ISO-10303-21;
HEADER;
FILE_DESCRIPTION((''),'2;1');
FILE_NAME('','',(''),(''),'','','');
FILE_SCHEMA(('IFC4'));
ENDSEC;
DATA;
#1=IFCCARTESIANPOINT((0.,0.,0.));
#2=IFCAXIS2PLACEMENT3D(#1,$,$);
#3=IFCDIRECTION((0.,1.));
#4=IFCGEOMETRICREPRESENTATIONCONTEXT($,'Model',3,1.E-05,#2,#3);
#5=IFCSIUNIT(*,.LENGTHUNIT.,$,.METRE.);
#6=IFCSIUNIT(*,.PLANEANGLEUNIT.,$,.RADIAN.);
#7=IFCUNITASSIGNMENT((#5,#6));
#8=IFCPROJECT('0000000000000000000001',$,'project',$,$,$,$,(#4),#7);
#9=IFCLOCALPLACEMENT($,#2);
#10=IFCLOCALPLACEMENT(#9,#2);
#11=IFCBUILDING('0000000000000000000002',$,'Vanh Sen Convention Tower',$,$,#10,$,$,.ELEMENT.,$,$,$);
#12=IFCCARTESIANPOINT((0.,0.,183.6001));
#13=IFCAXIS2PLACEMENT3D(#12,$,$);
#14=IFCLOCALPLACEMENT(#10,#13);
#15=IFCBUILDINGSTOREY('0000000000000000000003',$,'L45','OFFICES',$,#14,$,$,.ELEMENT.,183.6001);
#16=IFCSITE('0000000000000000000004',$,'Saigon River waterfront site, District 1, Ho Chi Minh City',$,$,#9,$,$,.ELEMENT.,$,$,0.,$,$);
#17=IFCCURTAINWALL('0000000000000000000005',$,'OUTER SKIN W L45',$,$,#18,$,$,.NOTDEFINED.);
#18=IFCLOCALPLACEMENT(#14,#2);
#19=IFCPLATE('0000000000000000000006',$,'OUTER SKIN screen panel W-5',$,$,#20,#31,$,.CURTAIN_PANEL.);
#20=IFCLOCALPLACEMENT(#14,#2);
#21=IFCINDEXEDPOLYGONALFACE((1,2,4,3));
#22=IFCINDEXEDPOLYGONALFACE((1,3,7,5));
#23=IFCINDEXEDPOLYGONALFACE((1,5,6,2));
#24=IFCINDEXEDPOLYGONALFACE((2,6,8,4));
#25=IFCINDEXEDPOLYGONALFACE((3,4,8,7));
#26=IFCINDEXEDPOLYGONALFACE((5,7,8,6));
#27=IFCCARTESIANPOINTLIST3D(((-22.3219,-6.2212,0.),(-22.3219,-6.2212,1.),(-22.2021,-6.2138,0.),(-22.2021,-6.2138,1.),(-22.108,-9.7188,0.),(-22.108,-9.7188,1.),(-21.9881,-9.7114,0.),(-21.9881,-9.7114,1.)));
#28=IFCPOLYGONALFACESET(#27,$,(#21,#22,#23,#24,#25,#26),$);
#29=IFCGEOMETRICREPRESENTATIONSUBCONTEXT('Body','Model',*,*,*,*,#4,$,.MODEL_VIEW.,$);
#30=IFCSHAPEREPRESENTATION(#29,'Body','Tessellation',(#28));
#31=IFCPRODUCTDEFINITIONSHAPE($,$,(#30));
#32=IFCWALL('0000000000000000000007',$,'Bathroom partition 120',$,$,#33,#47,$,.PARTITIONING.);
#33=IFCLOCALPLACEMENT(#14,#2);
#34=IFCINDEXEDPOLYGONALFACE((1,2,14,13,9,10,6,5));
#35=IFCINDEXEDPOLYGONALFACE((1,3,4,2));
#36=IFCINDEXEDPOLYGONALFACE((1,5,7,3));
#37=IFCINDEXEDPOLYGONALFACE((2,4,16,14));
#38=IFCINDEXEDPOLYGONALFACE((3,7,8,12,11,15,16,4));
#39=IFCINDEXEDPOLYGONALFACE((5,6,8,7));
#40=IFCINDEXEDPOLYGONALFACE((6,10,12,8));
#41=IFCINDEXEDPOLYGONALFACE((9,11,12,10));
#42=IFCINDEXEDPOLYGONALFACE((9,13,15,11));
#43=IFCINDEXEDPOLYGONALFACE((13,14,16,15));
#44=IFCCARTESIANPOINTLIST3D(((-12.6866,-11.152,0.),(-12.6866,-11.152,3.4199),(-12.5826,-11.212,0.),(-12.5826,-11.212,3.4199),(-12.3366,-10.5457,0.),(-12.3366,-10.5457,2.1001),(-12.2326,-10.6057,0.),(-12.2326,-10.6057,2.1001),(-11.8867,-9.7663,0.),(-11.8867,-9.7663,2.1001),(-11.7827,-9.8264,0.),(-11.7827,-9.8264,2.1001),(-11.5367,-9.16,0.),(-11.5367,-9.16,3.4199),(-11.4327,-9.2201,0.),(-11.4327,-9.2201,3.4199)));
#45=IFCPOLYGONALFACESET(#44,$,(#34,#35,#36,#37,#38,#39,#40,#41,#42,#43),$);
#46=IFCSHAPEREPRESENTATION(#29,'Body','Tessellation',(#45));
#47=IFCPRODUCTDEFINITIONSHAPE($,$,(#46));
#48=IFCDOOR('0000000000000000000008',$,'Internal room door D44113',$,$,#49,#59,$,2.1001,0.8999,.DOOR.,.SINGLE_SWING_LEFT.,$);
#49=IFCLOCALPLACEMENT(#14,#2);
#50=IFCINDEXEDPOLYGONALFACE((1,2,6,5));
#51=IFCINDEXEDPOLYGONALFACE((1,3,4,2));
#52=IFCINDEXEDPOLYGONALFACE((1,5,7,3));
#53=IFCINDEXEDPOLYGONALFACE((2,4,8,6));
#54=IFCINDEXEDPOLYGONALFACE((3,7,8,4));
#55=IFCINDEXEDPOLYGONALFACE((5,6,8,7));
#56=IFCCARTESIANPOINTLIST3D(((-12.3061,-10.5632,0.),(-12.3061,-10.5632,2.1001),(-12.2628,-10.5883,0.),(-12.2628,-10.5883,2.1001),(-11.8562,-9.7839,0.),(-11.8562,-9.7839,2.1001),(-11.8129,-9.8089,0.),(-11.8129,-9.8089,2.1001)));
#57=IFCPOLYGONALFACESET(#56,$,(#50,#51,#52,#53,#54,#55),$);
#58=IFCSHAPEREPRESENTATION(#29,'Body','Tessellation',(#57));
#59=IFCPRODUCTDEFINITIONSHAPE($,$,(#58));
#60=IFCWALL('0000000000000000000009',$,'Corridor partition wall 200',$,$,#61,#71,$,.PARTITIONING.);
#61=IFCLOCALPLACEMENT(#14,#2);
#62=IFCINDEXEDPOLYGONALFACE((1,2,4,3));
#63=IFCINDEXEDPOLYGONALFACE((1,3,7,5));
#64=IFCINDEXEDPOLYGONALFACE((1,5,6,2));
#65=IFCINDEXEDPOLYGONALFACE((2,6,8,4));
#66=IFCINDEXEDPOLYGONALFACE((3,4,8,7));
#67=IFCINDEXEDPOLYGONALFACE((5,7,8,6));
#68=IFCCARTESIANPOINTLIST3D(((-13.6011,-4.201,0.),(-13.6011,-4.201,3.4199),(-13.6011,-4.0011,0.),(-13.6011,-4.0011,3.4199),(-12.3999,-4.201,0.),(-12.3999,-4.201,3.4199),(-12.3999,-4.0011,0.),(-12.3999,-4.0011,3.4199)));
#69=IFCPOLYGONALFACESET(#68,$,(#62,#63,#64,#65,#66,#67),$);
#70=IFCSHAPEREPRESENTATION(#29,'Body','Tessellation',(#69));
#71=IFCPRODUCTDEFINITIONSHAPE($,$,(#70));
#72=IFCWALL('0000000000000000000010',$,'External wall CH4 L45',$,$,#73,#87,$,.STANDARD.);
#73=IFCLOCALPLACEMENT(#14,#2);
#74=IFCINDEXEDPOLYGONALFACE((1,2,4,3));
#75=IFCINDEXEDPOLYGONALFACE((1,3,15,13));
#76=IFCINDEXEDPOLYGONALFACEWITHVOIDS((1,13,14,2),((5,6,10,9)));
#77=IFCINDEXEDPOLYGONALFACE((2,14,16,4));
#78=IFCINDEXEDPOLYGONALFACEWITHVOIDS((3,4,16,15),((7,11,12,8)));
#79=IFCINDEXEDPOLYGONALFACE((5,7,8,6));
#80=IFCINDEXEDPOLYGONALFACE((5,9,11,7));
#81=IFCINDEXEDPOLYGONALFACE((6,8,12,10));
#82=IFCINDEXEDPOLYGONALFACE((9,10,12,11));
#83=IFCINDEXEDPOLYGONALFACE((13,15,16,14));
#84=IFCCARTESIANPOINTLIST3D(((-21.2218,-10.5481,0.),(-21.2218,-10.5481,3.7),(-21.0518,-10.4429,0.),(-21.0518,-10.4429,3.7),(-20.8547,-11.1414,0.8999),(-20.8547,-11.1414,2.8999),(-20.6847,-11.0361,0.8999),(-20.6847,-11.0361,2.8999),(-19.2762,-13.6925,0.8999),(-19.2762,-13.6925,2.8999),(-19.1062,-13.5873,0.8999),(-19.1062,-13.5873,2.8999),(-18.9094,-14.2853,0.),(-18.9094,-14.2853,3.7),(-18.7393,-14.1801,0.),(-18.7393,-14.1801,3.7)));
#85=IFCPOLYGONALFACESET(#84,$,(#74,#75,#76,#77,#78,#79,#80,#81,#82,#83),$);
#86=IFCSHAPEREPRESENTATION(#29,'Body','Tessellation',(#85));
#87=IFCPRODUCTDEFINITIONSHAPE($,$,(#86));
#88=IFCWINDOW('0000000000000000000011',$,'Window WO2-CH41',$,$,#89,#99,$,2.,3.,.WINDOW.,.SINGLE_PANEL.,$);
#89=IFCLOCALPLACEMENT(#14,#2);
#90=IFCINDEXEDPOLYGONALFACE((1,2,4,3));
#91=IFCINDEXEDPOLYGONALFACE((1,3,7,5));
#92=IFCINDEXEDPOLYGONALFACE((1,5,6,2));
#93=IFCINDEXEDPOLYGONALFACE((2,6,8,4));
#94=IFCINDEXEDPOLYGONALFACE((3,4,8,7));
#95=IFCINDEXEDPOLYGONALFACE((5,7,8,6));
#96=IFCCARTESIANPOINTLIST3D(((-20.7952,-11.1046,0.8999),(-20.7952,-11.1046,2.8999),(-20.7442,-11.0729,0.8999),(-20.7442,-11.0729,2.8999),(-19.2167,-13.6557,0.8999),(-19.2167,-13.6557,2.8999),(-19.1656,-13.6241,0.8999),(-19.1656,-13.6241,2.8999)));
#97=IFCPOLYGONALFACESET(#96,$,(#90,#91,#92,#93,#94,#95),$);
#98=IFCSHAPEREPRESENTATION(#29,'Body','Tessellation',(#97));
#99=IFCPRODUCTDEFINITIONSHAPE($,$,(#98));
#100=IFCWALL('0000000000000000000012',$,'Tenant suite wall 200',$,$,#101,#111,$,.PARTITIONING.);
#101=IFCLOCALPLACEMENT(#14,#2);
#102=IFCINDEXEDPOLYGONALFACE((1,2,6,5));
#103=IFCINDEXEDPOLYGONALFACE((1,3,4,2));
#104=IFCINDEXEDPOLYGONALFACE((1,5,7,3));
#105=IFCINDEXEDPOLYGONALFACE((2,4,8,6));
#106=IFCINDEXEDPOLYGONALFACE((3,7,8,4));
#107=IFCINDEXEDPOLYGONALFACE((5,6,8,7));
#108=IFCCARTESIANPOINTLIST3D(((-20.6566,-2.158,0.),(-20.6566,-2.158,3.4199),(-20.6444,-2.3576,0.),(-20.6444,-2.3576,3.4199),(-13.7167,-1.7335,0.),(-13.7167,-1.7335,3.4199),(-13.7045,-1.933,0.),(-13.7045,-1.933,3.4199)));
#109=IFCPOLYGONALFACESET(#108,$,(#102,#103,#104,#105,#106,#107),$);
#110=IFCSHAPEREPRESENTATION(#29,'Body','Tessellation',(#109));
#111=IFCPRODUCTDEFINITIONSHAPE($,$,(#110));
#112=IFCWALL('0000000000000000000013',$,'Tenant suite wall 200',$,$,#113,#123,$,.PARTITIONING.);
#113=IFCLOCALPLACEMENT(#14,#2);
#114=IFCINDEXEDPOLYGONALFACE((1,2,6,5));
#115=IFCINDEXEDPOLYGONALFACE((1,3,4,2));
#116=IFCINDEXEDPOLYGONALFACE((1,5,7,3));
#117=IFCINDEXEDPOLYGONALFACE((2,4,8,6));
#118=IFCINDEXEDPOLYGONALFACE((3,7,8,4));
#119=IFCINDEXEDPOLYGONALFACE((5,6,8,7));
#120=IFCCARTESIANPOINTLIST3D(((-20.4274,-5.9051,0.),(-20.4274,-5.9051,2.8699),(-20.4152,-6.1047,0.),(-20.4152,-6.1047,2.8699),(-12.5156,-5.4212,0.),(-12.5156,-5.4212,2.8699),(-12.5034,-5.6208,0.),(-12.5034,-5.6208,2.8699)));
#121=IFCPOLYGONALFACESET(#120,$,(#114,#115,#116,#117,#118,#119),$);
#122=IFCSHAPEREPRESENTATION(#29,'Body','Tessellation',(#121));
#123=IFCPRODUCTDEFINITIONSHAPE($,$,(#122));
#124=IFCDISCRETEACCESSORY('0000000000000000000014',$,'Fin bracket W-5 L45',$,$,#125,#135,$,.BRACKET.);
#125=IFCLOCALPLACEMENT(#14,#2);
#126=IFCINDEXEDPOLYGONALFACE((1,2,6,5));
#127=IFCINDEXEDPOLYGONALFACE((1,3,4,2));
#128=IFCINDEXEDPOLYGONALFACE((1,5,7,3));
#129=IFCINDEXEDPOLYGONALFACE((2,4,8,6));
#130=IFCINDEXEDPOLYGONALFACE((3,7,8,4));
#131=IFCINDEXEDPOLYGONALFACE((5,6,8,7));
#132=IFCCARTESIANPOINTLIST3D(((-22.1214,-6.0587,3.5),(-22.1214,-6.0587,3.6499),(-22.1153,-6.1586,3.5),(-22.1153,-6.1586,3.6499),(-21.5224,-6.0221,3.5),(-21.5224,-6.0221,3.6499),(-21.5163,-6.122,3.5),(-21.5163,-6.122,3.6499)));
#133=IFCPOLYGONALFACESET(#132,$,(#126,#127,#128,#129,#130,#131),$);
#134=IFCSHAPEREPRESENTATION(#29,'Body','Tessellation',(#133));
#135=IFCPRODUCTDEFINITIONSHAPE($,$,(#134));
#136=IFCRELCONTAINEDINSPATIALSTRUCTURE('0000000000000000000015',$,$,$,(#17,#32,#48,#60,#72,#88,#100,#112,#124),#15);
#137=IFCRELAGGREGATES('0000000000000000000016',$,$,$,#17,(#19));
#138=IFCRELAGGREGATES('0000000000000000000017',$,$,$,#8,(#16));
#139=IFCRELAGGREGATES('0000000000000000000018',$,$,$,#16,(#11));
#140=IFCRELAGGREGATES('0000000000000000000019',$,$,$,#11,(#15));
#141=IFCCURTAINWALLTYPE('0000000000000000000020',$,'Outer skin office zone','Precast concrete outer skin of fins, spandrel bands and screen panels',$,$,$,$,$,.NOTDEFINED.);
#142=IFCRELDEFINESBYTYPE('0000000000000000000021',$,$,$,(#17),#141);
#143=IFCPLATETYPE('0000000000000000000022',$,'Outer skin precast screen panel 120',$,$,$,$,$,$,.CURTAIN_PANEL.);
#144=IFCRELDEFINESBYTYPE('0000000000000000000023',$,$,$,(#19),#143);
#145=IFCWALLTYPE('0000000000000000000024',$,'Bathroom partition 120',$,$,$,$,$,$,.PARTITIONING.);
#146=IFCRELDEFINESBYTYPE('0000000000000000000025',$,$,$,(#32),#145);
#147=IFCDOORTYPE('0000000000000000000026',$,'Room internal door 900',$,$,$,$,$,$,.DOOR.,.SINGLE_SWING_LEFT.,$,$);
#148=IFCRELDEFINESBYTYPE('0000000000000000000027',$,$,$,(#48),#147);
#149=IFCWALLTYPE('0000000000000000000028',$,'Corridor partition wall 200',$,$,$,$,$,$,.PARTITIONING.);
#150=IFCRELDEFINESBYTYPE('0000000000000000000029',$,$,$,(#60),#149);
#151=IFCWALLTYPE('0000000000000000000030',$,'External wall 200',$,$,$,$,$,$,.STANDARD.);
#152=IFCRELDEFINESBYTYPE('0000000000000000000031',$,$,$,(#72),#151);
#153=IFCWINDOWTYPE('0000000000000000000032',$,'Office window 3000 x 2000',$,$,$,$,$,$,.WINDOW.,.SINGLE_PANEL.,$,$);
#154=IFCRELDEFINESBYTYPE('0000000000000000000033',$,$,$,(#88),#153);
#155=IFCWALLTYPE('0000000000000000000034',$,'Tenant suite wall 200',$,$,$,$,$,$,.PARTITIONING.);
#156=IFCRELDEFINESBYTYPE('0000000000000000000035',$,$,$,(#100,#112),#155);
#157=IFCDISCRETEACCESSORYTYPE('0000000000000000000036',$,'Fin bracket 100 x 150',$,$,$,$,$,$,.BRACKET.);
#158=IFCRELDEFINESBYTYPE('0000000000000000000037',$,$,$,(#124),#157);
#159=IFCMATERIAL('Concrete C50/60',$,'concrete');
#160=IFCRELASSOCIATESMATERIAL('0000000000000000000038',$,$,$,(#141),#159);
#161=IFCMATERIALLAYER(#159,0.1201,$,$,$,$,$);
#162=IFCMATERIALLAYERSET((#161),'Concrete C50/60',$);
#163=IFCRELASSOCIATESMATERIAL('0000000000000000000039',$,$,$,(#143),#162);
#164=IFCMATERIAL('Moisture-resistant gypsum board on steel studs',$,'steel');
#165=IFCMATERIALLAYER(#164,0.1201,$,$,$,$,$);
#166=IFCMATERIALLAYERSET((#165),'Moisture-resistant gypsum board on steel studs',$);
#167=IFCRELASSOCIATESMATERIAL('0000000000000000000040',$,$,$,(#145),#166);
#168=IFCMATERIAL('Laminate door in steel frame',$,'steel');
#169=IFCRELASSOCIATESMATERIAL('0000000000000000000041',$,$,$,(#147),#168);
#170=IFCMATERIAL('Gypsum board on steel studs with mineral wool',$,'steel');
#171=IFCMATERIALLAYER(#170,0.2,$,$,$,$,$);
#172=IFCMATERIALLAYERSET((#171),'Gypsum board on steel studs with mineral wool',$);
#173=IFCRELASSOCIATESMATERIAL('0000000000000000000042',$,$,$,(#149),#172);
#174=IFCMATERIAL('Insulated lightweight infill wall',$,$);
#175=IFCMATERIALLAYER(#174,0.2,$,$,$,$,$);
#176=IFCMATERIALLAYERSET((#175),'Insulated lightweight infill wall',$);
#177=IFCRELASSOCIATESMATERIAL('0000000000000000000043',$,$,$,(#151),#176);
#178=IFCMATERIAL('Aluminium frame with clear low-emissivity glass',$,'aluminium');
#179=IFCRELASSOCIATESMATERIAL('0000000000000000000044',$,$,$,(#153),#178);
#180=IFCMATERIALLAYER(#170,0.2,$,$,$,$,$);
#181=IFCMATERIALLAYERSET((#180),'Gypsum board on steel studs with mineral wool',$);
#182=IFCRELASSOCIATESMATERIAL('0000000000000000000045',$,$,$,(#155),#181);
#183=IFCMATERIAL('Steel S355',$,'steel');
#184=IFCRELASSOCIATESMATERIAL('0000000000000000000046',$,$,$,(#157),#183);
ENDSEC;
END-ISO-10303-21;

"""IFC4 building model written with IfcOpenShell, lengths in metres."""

from ifc_helpers import new_model, si_unit, direction, frame, frame_2d, origin, origin_2d, place, context, subcontext, project, spatial, rectangle, extrude, material, layer, layer_set, type_object, element, fill, aggregate, save


model = new_model("IFC4")

# Units and contexts
model_context = context("Model", 3, precision=1e-05, world=origin(), true_north=direction((0.0, 1.0)))
body_context = subcontext(model_context, "Body", "Model", "MODEL_VIEW")
ifc_project = project(units=[si_unit("LENGTHUNIT", "METRE"), si_unit("PLANEANGLEUNIT", "RADIAN")], contexts=[model_context])

# Site, building, storey
site_placement = place(None, origin())
site = spatial("IfcSite", under=ifc_project, at=site_placement, Name="Saigon River waterfront site, District 1, Ho Chi Minh City", CompositionType="ELEMENT", RefElevation=0.0)
building_placement = place(site_placement, origin())
building = spatial("IfcBuilding", under=site, at=building_placement, Name="Vanh Sen Convention Tower", CompositionType="ELEMENT")
storey_placement = place(building_placement, frame((0.0, 0.0, 183.6001)))
storey = spatial("IfcBuildingStorey", under=building, at=storey_placement, Name="L45", Description="OFFICES", CompositionType="ELEMENT", Elevation=183.6001)

# Curtain wall
ifc_material_1 = material(Name="Concrete C50/60", Category="concrete")
curtain_wall_type = type_object("IfcCurtainWallType", Name="Outer skin office zone", Description="Precast concrete outer skin of fins, spandrel bands and screen panels", PredefinedType="NOTDEFINED", material=ifc_material_1)
curtain_wall_1_placement = place(storey_placement, origin())
curtain_wall_1 = element("IfcCurtainWall", 1, at=curtain_wall_1_placement, inside=storey, type_object=curtain_wall_type, Name="OUTER SKIN W L45", PredefinedType="NOTDEFINED")

# Plate
ifc_layer_1 = layer(ifc_material_1, 0.1201)
ifc_layer_set_1 = layer_set([ifc_layer_1], Name="Concrete C50/60")
plate_type = type_object("IfcPlateType", Name="Outer skin precast screen panel 120", PredefinedType="CURTAIN_PANEL", material=ifc_layer_set_1)
plate_1_placement = place(storey_placement, frame((-22.155, -7.9663, 0.0), z_axis=(0.0, 0.0, 1.0), x_axis=(0.061054, -0.998134, 0.0)))
plate_1 = element("IfcPlate", 2, at=plate_1_placement, type_object=plate_type, Name="OUTER SKIN screen panel W-5", PredefinedType="CURTAIN_PANEL", context=body_context, shape_type="SweptSolid", body=[
    extrude(rectangle(XDim=3.5042, YDim=0.1201, at=origin_2d()), origin(), (0.0, 0.0, 1.0), 1.0),
])
aggregate(curtain_wall_1, [plate_1])

# Wall, opening, door
ifc_material_2 = material(Name="Moisture-resistant gypsum board on steel studs", Category="steel")
ifc_layer_2 = layer(ifc_material_2, 0.1201)
ifc_layer_set_2 = layer_set([ifc_layer_2], Name="Moisture-resistant gypsum board on steel studs")
wall_type_1 = type_object("IfcWallType", Name="Bathroom partition 120", PredefinedType="PARTITIONING", material=ifc_layer_set_2)
wall_1_placement = place(storey_placement, frame((-12.6345, -11.1819, 0.0), z_axis=(0.0, 0.0, 1.0), x_axis=(0.499952, 0.866053, 0.0)))
wall_1 = element("IfcWall", 3, at=wall_1_placement, inside=storey, type_object=wall_type_1, Name="Bathroom partition 120", PredefinedType="PARTITIONING", context=body_context, shape_type="SweptSolid", body=[
    extrude(rectangle(XDim=2.3, YDim=0.1201, at=frame_2d((1.1499, 0.0))), origin(), (0.0, 0.0, 1.0), 3.4199),
])
opening_1_placement = place(wall_1_placement, frame((0.7, 0.0, 0.0)))
opening_1 = element("IfcOpeningElement", 4, at=opening_1_placement, cuts=wall_1, PredefinedType="OPENING", context=body_context, shape_type="SweptSolid", body=[
    extrude(rectangle(XDim=0.8999, YDim=2.1001, at=frame_2d((0.45, 1.05))), frame((0.0, 0.0701, 0.0), z_axis=(0.0, -1.0, 0.0), x_axis=(1.0, 0.0, 0.0)), (0.0, 0.0, 1.0), 0.1401),
])
ifc_material_3 = material(Name="Laminate door in steel frame", Category="steel")
door_type = type_object("IfcDoorType", Name="Room internal door 900", OperationType="SINGLE_SWING_LEFT", PredefinedType="DOOR", material=ifc_material_3)
door_placement = place(opening_1_placement, origin())
door = element("IfcDoor", 5, at=door_placement, inside=storey, type_object=door_type, Name="Internal room door D44113", OperationType="SINGLE_SWING_LEFT", OverallHeight=2.1001, OverallWidth=0.8999, PredefinedType="DOOR", context=body_context, shape_type="SweptSolid", body=[
    extrude(rectangle(XDim=0.8999, YDim=2.1001, at=frame_2d((0.45, 1.05))), frame((0.0, 0.0249, 0.0), z_axis=(0.0, -1.0, 0.0), x_axis=(1.0, 0.0, 0.0)), (0.0, 0.0, 1.0), 0.05),
])
fill(opening_1, door)

# Wall
ifc_material_4 = material(Name="Gypsum board on steel studs with mineral wool", Category="steel")
ifc_layer_3 = layer(ifc_material_4, 0.2)
ifc_layer_set_3 = layer_set([ifc_layer_3], Name="Gypsum board on steel studs with mineral wool")
wall_type_2 = type_object("IfcWallType", Name="Corridor partition wall 200", PredefinedType="PARTITIONING", material=ifc_layer_set_3)
wall_2_placement = place(storey_placement, frame((-13.6011, -4.1011, 0.0), z_axis=(0.0, 0.0, 1.0), x_axis=(1.0, 0.0, 0.0)))
element("IfcWall", 6, at=wall_2_placement, inside=storey, type_object=wall_type_2, Name="Corridor partition wall 200", PredefinedType="PARTITIONING", context=body_context, shape_type="SweptSolid", body=[
    extrude(rectangle(XDim=1.2012, YDim=0.2, at=frame_2d((0.6006, 0.0))), origin(), (0.0, 0.0, 1.0), 3.4199),
])

# Wall, opening, window
ifc_material_5 = material(Name="Insulated lightweight infill wall")
ifc_layer_4 = layer(ifc_material_5, 0.2)
ifc_layer_set_4 = layer_set([ifc_layer_4], Name="Insulated lightweight infill wall")
wall_type_3 = type_object("IfcWallType", Name="External wall 200", PredefinedType="STANDARD", material=ifc_layer_set_4)
wall_3_placement = place(storey_placement, frame((-21.1367, -10.4956, 0.0), z_axis=(0.0, 0.0, 1.0), x_axis=(0.526179, -0.850374, 0.0)))
wall_3 = element("IfcWall", 7, at=wall_3_placement, inside=storey, type_object=wall_type_3, Name="External wall CH4 L45", PredefinedType="STANDARD", context=body_context, shape_type="SweptSolid", body=[
    extrude(rectangle(XDim=4.3948, YDim=0.2, at=frame_2d((2.1973, 0.0))), origin(), (0.0, 0.0, 1.0), 3.7),
])
opening_2_placement = place(wall_3_placement, frame((0.6975, 0.0, 0.8999)))
opening_2 = element("IfcOpeningElement", 8, at=opening_2_placement, cuts=wall_3, PredefinedType="OPENING", context=body_context, shape_type="SweptSolid", body=[
    extrude(rectangle(XDim=3.0, YDim=2.0, at=frame_2d((1.5, 1.0))), frame((0.0, 0.1099, 0.0), z_axis=(0.0, -1.0, 0.0), x_axis=(1.0, 0.0, 0.0)), (0.0, 0.0, 1.0), 0.22),
])
ifc_material_6 = material(Name="Aluminium frame with clear low-emissivity glass", Category="aluminium")
window_type = type_object("IfcWindowType", Name="Office window 3000 x 2000", PartitioningType="SINGLE_PANEL", PredefinedType="WINDOW", material=ifc_material_6)
window_placement = place(opening_2_placement, origin())
window = element("IfcWindow", 9, at=window_placement, inside=storey, type_object=window_type, Name="Window WO2-CH41", OverallHeight=2.0, OverallWidth=3.0, PartitioningType="SINGLE_PANEL", PredefinedType="WINDOW", context=body_context, shape_type="SweptSolid", body=[
    extrude(rectangle(XDim=3.0, YDim=2.0, at=frame_2d((1.5, 1.0))), frame((0.0, 0.03, 0.0), z_axis=(0.0, -1.0, 0.0), x_axis=(1.0, 0.0, 0.0)), (0.0, 0.0, 1.0), 0.0601),
])
fill(opening_2, window)

# Walls
ifc_layer_5 = layer(ifc_material_4, 0.2)
ifc_layer_set_5 = layer_set([ifc_layer_5], Name="Gypsum board on steel studs with mineral wool")
wall_type_4 = type_object("IfcWallType", Name="Tenant suite wall 200", PredefinedType="PARTITIONING", material=ifc_layer_set_5)
wall_4_placement = place(storey_placement, frame((-20.6506, -2.2578, 0.0), z_axis=(0.0, 0.0, 1.0), x_axis=(0.998134, 0.061062, 0.0)))
element("IfcWall", 10, at=wall_4_placement, inside=storey, type_object=wall_type_4, Name="Tenant suite wall 200", PredefinedType="PARTITIONING", context=body_context, shape_type="SweptSolid", body=[
    extrude(rectangle(XDim=6.9529, YDim=0.2, at=frame_2d((3.4766, 0.0))), origin(), (0.0, 0.0, 1.0), 3.4199),
])
wall_5_placement = place(storey_placement, frame((-20.4214, -6.0049, 0.0), z_axis=(0.0, 0.0, 1.0), x_axis=(0.998135, 0.061047, 0.0)))
element("IfcWall", 11, at=wall_5_placement, inside=storey, type_object=wall_type_4, Name="Tenant suite wall 200", PredefinedType="PARTITIONING", context=body_context, shape_type="SweptSolid", body=[
    extrude(rectangle(XDim=7.9265, YDim=0.2, at=frame_2d((3.9634, 0.0))), origin(), (0.0, 0.0, 1.0), 2.8699),
])

# Discrete accessory
ifc_material_7 = material(Name="Steel S355", Category="steel")
discrete_accessory_type = type_object("IfcDiscreteAccessoryType", Name="Fin bracket 100 x 150", PredefinedType="BRACKET", material=ifc_material_7)
discrete_accessory_placement = place(storey_placement, frame((-21.8188, -6.0903, 3.5), z_axis=(0.0, 0.0, 1.0), x_axis=(-0.998135, -0.061049, 0.0)))
element("IfcDiscreteAccessory", 12, at=discrete_accessory_placement, inside=storey, type_object=discrete_accessory_type, Name="Fin bracket W-5 L45", PredefinedType="BRACKET", context=body_context, shape_type="SweptSolid", body=[
    extrude(rectangle(XDim=0.6001, YDim=0.1001, at=origin_2d()), origin(), (0.0, 0.0, 1.0), 0.1499),
])

save(model, "model.ifc")
